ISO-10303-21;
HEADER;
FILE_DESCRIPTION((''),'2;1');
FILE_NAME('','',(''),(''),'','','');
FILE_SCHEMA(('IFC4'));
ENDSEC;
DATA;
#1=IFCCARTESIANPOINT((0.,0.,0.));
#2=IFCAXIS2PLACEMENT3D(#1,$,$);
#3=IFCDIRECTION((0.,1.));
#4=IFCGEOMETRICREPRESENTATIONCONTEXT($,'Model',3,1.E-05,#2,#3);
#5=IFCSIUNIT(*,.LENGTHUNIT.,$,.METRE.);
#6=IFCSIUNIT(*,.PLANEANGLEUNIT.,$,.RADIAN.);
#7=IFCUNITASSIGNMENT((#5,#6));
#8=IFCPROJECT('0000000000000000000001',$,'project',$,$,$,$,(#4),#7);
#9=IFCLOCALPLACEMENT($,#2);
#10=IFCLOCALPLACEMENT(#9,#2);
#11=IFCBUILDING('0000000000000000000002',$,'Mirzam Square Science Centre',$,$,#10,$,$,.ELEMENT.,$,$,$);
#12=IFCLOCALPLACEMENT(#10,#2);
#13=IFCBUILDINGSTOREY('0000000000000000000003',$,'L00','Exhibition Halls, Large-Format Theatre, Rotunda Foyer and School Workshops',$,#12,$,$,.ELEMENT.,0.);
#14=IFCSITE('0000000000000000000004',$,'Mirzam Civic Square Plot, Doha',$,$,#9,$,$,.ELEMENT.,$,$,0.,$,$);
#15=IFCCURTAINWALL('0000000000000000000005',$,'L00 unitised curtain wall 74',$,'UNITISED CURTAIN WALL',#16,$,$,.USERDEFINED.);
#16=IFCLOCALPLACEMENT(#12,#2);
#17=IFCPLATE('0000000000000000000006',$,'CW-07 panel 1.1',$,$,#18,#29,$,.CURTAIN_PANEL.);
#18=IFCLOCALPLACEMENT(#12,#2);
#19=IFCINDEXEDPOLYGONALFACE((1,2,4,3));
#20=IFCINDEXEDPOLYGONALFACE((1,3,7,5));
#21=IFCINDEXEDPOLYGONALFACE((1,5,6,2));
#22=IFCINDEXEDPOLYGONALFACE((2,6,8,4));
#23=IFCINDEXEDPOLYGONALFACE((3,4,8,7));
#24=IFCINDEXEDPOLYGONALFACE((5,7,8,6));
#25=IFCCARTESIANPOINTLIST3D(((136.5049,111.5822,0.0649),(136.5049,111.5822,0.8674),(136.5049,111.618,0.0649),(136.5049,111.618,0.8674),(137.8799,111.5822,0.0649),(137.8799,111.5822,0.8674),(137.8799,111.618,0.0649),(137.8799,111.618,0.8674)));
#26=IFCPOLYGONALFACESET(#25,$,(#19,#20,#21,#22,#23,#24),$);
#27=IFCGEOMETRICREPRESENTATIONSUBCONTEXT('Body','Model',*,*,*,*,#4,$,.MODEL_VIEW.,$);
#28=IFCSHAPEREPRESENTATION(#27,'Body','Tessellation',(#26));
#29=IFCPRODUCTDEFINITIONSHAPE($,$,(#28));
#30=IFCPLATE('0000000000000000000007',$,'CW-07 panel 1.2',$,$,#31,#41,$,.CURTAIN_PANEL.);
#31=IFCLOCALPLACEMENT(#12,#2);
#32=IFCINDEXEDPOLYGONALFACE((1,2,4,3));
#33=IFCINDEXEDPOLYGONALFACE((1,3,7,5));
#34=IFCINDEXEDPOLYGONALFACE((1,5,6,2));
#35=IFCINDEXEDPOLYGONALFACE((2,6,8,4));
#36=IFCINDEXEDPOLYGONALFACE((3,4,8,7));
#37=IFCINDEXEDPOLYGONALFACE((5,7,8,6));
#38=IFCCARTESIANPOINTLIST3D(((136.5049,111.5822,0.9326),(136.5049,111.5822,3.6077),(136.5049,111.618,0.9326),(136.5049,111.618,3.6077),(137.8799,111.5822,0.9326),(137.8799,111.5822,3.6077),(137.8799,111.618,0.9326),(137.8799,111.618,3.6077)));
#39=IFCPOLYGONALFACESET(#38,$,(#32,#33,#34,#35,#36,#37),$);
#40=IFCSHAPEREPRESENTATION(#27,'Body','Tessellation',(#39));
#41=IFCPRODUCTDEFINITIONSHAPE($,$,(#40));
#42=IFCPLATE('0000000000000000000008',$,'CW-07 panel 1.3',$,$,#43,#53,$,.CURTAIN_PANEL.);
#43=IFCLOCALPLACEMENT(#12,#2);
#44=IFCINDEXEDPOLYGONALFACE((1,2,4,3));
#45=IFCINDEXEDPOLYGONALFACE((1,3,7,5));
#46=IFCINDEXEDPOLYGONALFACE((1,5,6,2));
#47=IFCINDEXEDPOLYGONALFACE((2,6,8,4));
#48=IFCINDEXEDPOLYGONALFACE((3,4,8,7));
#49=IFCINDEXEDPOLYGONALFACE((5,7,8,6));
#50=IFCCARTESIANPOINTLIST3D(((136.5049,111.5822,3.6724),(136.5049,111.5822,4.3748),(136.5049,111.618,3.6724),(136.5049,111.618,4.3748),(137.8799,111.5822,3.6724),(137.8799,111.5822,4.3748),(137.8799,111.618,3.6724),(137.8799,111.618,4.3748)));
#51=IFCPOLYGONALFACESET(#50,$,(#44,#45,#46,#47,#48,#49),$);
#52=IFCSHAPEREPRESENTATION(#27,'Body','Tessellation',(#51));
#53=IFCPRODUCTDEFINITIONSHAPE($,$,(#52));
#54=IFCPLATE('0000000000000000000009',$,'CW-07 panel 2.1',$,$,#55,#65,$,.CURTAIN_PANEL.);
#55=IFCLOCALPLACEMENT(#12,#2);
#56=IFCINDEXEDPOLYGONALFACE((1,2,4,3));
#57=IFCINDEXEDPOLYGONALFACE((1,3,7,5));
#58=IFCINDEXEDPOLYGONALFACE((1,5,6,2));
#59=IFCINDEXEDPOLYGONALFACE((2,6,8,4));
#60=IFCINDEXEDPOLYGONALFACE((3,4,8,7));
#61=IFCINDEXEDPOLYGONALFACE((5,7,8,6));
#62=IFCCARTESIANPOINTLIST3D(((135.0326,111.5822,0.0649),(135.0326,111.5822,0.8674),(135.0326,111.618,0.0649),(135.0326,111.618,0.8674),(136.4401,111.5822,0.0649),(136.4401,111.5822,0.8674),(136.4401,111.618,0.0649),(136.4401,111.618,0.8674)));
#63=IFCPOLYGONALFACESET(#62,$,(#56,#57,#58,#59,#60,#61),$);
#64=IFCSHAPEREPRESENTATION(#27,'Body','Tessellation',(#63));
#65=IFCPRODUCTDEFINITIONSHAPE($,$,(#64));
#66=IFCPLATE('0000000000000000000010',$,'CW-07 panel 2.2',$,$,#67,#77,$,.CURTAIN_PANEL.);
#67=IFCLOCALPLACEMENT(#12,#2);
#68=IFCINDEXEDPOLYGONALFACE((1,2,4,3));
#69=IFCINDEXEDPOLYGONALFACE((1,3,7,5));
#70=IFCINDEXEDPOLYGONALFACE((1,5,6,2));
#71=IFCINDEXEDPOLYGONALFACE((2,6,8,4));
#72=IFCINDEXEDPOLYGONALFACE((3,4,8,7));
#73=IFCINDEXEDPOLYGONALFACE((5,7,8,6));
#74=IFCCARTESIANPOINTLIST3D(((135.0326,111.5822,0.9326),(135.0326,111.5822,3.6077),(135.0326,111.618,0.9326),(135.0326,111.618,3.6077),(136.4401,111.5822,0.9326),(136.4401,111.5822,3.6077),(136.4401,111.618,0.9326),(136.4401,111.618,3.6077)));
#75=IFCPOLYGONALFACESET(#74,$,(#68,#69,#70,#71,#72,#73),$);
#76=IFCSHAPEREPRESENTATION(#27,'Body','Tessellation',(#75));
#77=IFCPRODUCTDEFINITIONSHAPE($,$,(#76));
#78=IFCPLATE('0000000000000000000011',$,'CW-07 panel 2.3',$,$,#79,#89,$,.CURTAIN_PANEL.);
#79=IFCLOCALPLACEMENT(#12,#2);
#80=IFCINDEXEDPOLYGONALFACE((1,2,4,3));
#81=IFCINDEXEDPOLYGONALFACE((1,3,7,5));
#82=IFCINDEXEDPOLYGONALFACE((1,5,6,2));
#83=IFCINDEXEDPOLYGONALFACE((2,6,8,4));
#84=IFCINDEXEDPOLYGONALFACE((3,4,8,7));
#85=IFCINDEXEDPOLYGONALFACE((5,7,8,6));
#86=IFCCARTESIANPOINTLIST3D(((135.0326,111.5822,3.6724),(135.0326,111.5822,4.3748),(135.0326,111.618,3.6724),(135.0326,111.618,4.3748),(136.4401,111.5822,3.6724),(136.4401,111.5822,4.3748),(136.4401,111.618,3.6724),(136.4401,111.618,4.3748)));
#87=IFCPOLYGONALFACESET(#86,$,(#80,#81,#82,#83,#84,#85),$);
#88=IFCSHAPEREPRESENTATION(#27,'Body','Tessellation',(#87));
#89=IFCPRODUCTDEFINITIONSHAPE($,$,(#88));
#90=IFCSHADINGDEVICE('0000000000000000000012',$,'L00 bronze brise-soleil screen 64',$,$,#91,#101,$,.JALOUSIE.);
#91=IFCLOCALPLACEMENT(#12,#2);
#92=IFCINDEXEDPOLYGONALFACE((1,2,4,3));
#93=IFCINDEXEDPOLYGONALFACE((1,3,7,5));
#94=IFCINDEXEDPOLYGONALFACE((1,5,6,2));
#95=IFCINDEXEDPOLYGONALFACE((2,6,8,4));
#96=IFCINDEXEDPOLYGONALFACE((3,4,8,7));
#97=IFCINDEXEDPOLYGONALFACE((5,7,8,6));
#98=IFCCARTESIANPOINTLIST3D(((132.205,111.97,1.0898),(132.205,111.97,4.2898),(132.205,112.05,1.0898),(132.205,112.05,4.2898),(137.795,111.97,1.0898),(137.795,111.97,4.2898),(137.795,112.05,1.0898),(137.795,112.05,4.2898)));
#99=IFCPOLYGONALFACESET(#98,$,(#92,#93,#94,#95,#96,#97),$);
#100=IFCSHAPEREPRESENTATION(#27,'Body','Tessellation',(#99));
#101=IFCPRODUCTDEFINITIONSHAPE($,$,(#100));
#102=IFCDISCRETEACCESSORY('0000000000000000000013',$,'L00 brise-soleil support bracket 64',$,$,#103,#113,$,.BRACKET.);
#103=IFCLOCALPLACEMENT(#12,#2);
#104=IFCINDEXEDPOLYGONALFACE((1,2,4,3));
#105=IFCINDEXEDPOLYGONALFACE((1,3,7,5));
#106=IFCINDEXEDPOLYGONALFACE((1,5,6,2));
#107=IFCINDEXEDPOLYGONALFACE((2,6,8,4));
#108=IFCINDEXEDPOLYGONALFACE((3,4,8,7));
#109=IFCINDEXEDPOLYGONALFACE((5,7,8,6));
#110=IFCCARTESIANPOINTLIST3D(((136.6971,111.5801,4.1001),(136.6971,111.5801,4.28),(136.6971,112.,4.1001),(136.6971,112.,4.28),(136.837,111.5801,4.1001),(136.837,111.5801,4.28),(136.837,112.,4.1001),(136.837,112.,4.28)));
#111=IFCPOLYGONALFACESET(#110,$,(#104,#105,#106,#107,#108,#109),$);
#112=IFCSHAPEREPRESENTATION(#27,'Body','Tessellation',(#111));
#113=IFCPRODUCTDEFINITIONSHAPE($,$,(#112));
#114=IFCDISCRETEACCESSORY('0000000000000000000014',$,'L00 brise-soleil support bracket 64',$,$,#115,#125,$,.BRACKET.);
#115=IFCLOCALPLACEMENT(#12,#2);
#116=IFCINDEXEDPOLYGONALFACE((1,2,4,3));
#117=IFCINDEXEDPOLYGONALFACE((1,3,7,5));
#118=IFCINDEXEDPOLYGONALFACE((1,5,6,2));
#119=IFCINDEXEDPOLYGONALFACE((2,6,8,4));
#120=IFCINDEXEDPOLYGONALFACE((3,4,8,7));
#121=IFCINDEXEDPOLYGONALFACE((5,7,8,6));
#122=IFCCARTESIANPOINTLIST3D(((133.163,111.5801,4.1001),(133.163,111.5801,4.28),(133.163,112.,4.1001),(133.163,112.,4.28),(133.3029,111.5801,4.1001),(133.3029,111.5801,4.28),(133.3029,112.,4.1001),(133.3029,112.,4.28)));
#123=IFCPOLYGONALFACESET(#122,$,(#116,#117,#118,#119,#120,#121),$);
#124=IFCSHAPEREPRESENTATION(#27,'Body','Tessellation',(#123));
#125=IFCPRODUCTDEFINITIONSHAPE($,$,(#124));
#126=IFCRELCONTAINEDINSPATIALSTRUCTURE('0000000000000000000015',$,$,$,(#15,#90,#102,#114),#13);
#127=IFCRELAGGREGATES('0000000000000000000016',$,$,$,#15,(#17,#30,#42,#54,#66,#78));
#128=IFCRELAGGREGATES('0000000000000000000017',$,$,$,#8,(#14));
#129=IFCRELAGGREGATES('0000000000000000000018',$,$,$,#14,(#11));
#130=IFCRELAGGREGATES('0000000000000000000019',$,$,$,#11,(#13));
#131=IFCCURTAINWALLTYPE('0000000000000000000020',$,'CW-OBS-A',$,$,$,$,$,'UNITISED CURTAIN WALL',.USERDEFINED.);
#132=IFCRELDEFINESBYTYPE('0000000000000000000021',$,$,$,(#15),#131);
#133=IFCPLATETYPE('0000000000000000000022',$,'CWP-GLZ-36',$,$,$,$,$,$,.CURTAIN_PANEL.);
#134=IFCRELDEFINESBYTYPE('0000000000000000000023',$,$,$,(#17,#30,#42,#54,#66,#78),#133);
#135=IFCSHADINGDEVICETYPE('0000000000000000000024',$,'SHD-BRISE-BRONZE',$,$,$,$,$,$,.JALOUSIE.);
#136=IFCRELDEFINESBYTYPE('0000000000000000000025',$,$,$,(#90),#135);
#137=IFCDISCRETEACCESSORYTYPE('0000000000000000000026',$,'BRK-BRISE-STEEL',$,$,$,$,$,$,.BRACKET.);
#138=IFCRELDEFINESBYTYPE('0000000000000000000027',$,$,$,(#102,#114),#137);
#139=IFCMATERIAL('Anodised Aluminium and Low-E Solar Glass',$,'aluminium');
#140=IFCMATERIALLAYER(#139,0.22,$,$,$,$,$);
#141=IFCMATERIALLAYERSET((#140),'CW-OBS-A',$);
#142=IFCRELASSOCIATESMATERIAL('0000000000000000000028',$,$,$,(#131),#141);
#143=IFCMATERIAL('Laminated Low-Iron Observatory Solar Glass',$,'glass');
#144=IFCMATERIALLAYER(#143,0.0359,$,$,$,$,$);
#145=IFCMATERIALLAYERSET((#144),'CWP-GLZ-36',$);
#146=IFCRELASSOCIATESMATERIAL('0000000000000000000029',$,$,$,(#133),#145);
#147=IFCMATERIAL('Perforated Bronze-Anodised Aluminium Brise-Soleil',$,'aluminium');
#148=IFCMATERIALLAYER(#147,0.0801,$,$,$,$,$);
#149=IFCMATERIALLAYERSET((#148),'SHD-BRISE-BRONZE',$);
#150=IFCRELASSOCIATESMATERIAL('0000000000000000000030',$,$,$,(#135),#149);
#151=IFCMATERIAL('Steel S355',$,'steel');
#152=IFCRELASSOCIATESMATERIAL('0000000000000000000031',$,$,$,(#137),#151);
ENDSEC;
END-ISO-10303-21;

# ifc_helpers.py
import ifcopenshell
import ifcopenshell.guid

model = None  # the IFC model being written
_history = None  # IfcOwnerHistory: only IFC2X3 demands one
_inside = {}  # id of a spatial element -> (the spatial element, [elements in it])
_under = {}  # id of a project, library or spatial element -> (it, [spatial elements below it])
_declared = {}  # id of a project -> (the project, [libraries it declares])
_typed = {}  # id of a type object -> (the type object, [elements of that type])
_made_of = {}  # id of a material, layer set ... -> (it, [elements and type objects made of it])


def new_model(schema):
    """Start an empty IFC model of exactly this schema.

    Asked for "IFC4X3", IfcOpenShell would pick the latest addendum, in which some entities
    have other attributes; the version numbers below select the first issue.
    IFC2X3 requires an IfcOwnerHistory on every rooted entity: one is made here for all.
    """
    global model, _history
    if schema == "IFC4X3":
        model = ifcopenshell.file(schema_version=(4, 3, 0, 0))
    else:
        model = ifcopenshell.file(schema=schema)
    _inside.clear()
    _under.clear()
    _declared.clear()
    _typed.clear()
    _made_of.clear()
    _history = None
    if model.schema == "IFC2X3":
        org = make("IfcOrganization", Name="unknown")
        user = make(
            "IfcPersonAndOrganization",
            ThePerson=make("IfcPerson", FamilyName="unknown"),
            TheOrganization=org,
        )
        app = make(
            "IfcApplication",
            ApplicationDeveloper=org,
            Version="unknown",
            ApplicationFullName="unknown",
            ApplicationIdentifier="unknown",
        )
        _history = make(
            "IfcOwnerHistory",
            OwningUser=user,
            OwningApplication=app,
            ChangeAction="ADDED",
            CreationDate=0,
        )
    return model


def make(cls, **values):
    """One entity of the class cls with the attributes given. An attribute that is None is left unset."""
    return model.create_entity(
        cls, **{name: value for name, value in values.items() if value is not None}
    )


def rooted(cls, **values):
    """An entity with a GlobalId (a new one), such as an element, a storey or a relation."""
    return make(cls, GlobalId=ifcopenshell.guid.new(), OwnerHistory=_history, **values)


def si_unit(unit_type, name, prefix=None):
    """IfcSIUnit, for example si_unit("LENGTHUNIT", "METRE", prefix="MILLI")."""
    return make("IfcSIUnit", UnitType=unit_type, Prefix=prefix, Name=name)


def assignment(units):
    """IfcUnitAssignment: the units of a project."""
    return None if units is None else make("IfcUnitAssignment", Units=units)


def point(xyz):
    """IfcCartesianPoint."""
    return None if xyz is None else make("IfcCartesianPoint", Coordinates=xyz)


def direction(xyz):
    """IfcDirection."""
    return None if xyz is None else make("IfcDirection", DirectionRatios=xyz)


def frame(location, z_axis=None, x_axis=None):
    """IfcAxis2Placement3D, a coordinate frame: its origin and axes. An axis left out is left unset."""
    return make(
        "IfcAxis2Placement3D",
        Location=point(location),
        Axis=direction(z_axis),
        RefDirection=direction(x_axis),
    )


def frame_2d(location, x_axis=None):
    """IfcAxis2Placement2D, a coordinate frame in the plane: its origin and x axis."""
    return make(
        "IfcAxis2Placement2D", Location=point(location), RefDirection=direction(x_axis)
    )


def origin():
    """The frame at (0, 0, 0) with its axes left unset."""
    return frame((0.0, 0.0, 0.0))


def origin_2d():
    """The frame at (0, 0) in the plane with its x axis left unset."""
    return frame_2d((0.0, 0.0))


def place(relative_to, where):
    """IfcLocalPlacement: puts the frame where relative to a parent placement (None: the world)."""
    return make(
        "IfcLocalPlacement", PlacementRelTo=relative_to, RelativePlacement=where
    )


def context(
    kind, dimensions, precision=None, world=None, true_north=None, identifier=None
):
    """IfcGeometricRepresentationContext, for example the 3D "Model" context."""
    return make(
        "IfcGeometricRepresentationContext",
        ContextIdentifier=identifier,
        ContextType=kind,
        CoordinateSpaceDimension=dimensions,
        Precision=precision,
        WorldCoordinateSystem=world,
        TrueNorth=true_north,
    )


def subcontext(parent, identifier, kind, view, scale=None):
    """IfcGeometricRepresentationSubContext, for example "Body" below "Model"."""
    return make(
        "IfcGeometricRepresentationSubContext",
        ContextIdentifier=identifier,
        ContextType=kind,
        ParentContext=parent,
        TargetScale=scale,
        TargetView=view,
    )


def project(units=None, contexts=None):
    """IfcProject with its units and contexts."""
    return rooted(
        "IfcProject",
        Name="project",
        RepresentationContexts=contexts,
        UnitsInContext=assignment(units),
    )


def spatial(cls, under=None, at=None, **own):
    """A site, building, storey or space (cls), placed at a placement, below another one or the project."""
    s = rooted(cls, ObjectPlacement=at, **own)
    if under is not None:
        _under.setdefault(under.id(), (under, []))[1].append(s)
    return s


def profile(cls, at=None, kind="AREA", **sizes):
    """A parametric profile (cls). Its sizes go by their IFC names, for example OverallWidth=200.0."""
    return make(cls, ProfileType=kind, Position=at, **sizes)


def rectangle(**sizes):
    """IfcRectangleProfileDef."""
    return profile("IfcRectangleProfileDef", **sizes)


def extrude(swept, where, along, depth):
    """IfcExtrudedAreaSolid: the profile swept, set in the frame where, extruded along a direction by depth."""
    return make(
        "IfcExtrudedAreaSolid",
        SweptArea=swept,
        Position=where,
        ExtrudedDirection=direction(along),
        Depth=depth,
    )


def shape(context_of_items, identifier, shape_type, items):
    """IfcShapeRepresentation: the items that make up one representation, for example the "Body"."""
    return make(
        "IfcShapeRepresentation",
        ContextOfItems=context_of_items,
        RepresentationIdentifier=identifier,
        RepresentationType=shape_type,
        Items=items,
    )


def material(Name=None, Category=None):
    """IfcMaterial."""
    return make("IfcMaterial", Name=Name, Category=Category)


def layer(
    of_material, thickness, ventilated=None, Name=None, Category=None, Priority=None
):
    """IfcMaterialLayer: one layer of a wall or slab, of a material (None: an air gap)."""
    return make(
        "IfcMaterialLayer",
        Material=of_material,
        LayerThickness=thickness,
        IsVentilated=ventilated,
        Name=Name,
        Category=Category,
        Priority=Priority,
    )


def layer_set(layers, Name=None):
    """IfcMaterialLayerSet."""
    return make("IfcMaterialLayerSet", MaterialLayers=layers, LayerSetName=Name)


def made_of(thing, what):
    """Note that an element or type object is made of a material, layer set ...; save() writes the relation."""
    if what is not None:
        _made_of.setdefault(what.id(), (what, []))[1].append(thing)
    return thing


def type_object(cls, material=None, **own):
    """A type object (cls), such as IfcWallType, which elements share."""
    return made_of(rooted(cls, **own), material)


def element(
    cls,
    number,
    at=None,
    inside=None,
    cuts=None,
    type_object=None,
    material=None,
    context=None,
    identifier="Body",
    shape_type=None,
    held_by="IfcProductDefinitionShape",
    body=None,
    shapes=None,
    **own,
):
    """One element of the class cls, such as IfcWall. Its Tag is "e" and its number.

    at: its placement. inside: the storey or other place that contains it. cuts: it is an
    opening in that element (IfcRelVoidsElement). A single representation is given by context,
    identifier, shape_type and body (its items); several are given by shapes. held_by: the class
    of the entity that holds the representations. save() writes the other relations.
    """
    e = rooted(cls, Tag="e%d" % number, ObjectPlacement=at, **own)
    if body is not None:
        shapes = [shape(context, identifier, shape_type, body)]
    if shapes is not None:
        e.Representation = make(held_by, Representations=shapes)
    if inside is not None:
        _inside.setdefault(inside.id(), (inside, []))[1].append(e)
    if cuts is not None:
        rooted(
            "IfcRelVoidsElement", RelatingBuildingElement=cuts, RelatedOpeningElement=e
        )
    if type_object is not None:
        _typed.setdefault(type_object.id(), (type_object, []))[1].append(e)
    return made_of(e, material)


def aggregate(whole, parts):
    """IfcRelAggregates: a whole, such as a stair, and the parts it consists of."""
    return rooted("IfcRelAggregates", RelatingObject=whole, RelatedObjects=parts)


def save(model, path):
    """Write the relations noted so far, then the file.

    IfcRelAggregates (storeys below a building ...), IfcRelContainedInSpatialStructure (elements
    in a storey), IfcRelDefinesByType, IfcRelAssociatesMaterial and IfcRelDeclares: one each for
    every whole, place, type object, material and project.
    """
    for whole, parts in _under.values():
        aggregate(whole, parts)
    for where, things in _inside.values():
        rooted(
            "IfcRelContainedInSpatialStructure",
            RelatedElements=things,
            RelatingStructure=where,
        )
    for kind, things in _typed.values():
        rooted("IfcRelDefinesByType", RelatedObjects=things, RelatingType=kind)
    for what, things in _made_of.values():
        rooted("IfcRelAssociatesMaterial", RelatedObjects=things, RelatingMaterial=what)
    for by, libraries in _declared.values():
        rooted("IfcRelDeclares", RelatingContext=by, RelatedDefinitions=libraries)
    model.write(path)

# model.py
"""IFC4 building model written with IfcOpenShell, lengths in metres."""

from ifc_helpers import new_model, si_unit, direction, frame, origin, origin_2d, place, context, subcontext, project, spatial, rectangle, extrude, material, layer, layer_set, type_object, element, aggregate, save


model = new_model("IFC4")

# Units and contexts
model_context = context("Model", 3, precision=1e-05, world=origin(), true_north=direction((0.0, 1.0)))
body_context = subcontext(model_context, "Body", "Model", "MODEL_VIEW")
ifc_project = project(units=[si_unit("LENGTHUNIT", "METRE"), si_unit("PLANEANGLEUNIT", "RADIAN")], contexts=[model_context])

# Site, building, storey
site_placement = place(None, origin())
site = spatial("IfcSite", under=ifc_project, at=site_placement, Name="Mirzam Civic Square Plot, Doha", CompositionType="ELEMENT", RefElevation=0.0)
building_placement = place(site_placement, origin())
building = spatial("IfcBuilding", under=site, at=building_placement, Name="Mirzam Square Science Centre", CompositionType="ELEMENT")
storey_placement = place(building_placement, origin())
storey = spatial("IfcBuildingStorey", under=building, at=storey_placement, Name="L00", Description="Exhibition Halls, Large-Format Theatre, Rotunda Foyer and School Workshops", CompositionType="ELEMENT", Elevation=0.0)

# Curtain wall, plates
ifc_material_1 = material(Name="Anodised Aluminium and Low-E Solar Glass", Category="aluminium")
ifc_layer_1 = layer(ifc_material_1, 0.22)
ifc_layer_set_1 = layer_set([ifc_layer_1], Name="CW-OBS-A")
curtain_wall_type = type_object("IfcCurtainWallType", Name="CW-OBS-A", ElementType="UNITISED CURTAIN WALL", PredefinedType="USERDEFINED", material=ifc_layer_set_1)
curtain_wall_placement = place(storey_placement, origin())
curtain_wall = element("IfcCurtainWall", 1, at=curtain_wall_placement, inside=storey, type_object=curtain_wall_type, Name="L00 unitised curtain wall 74", ObjectType="UNITISED CURTAIN WALL", PredefinedType="USERDEFINED")
ifc_material_2 = material(Name="Laminated Low-Iron Observatory Solar Glass", Category="glass")
ifc_layer_2 = layer(ifc_material_2, 0.0359)
ifc_layer_set_2 = layer_set([ifc_layer_2], Name="CWP-GLZ-36")
plate_type = type_object("IfcPlateType", Name="CWP-GLZ-36", PredefinedType="CURTAIN_PANEL", material=ifc_layer_set_2)
plate_1_placement = place(storey_placement, frame((137.1924, 111.6001, 0.0649), z_axis=(0.0, 0.0, 1.0), x_axis=(-1.0, 0.0, 0.0)))
plate_1 = element("IfcPlate", 2, at=plate_1_placement, type_object=plate_type, Name="CW-07 panel 1.1", PredefinedType="CURTAIN_PANEL", context=body_context, shape_type="SweptSolid", body=[
    extrude(rectangle(XDim=1.375, YDim=0.0359, at=origin_2d()), origin(), (0.0, 0.0, 1.0), 0.8025),
])
plate_2_placement = place(storey_placement, frame((137.1924, 111.6001, 0.9326), z_axis=(0.0, 0.0, 1.0), x_axis=(-1.0, 0.0, 0.0)))
plate_2 = element("IfcPlate", 3, at=plate_2_placement, type_object=plate_type, Name="CW-07 panel 1.2", PredefinedType="CURTAIN_PANEL", context=body_context, shape_type="SweptSolid", body=[
    extrude(rectangle(XDim=1.375, YDim=0.0359, at=origin_2d()), origin(), (0.0, 0.0, 1.0), 2.675),
])
plate_3_placement = place(storey_placement, frame((137.1924, 111.6001, 3.6724), z_axis=(0.0, 0.0, 1.0), x_axis=(-1.0, 0.0, 0.0)))
plate_3 = element("IfcPlate", 4, at=plate_3_placement, type_object=plate_type, Name="CW-07 panel 1.3", PredefinedType="CURTAIN_PANEL", context=body_context, shape_type="SweptSolid", body=[
    extrude(rectangle(XDim=1.375, YDim=0.0359, at=origin_2d()), origin(), (0.0, 0.0, 1.0), 0.7024),
])
plate_4_placement = place(storey_placement, frame((135.7363, 111.6001, 0.0649), z_axis=(0.0, 0.0, 1.0), x_axis=(-1.0, 0.0, 0.0)))
plate_4 = element("IfcPlate", 5, at=plate_4_placement, type_object=plate_type, Name="CW-07 panel 2.1", PredefinedType="CURTAIN_PANEL", context=body_context, shape_type="SweptSolid", body=[
    extrude(rectangle(XDim=1.4075, YDim=0.0359, at=origin_2d()), origin(), (0.0, 0.0, 1.0), 0.8025),
])
plate_5_placement = place(storey_placement, frame((135.7363, 111.6001, 0.9326), z_axis=(0.0, 0.0, 1.0), x_axis=(-1.0, 0.0, 0.0)))
plate_5 = element("IfcPlate", 6, at=plate_5_placement, type_object=plate_type, Name="CW-07 panel 2.2", PredefinedType="CURTAIN_PANEL", context=body_context, shape_type="SweptSolid", body=[
    extrude(rectangle(XDim=1.4075, YDim=0.0359, at=origin_2d()), origin(), (0.0, 0.0, 1.0), 2.675),
])
plate_6_placement = place(storey_placement, frame((135.7363, 111.6001, 3.6724), z_axis=(0.0, 0.0, 1.0), x_axis=(-1.0, 0.0, 0.0)))
plate_6 = element("IfcPlate", 7, at=plate_6_placement, type_object=plate_type, Name="CW-07 panel 2.3", PredefinedType="CURTAIN_PANEL", context=body_context, shape_type="SweptSolid", body=[
    extrude(rectangle(XDim=1.4075, YDim=0.0359, at=origin_2d()), origin(), (0.0, 0.0, 1.0), 0.7024),
])
aggregate(curtain_wall, [plate_1, plate_2, plate_3, plate_4, plate_5, plate_6])

# Shading device
ifc_material_3 = material(Name="Perforated Bronze-Anodised Aluminium Brise-Soleil", Category="aluminium")
ifc_layer_3 = layer(ifc_material_3, 0.0801)
ifc_layer_set_3 = layer_set([ifc_layer_3], Name="SHD-BRISE-BRONZE")
shading_device_type = type_object("IfcShadingDeviceType", Name="SHD-BRISE-BRONZE", PredefinedType="JALOUSIE", material=ifc_layer_set_3)
shading_device_placement = place(storey_placement, frame((135.0, 112.01, 1.0898), z_axis=(0.0, 0.0, 1.0), x_axis=(-1.0, 0.0, 0.0)))
element("IfcShadingDevice", 8, at=shading_device_placement, inside=storey, type_object=shading_device_type, Name="L00 bronze brise-soleil screen 64", PredefinedType="JALOUSIE", context=body_context, shape_type="SweptSolid", body=[
    extrude(rectangle(XDim=5.5901, YDim=0.0801, at=origin_2d()), origin(), (0.0, 0.0, 1.0), 3.2),
])

# Discrete accessories
ifc_material_4 = material(Name="Steel S355", Category="steel")
discrete_accessory_type = type_object("IfcDiscreteAccessoryType", Name="BRK-BRISE-STEEL", PredefinedType="BRACKET", material=ifc_material_4)
for number, where, z_axis, x_axis, name in (
    (9, (136.7671, 111.79, 4.1001), (0.0, 0.0, 1.0), (-1.0, 0.0, 0.0), "L00 brise-soleil support bracket 64"),
    (10, (133.2329, 111.79, 4.1001), (0.0, 0.0, 1.0), (-1.0, 0.0, 0.0), "L00 brise-soleil support bracket 64"),
):
    element("IfcDiscreteAccessory", number, at=place(storey_placement, frame(where, z_axis=z_axis, x_axis=x_axis)), inside=storey, type_object=discrete_accessory_type, Name=name, PredefinedType="BRACKET", context=body_context, shape_type="SweptSolid", body=[
        extrude(rectangle(XDim=0.1399, YDim=0.4199, at=origin_2d()), origin(), (0.0, 0.0, 1.0), 0.1799),
    ])

save(model, "model.ifc")
